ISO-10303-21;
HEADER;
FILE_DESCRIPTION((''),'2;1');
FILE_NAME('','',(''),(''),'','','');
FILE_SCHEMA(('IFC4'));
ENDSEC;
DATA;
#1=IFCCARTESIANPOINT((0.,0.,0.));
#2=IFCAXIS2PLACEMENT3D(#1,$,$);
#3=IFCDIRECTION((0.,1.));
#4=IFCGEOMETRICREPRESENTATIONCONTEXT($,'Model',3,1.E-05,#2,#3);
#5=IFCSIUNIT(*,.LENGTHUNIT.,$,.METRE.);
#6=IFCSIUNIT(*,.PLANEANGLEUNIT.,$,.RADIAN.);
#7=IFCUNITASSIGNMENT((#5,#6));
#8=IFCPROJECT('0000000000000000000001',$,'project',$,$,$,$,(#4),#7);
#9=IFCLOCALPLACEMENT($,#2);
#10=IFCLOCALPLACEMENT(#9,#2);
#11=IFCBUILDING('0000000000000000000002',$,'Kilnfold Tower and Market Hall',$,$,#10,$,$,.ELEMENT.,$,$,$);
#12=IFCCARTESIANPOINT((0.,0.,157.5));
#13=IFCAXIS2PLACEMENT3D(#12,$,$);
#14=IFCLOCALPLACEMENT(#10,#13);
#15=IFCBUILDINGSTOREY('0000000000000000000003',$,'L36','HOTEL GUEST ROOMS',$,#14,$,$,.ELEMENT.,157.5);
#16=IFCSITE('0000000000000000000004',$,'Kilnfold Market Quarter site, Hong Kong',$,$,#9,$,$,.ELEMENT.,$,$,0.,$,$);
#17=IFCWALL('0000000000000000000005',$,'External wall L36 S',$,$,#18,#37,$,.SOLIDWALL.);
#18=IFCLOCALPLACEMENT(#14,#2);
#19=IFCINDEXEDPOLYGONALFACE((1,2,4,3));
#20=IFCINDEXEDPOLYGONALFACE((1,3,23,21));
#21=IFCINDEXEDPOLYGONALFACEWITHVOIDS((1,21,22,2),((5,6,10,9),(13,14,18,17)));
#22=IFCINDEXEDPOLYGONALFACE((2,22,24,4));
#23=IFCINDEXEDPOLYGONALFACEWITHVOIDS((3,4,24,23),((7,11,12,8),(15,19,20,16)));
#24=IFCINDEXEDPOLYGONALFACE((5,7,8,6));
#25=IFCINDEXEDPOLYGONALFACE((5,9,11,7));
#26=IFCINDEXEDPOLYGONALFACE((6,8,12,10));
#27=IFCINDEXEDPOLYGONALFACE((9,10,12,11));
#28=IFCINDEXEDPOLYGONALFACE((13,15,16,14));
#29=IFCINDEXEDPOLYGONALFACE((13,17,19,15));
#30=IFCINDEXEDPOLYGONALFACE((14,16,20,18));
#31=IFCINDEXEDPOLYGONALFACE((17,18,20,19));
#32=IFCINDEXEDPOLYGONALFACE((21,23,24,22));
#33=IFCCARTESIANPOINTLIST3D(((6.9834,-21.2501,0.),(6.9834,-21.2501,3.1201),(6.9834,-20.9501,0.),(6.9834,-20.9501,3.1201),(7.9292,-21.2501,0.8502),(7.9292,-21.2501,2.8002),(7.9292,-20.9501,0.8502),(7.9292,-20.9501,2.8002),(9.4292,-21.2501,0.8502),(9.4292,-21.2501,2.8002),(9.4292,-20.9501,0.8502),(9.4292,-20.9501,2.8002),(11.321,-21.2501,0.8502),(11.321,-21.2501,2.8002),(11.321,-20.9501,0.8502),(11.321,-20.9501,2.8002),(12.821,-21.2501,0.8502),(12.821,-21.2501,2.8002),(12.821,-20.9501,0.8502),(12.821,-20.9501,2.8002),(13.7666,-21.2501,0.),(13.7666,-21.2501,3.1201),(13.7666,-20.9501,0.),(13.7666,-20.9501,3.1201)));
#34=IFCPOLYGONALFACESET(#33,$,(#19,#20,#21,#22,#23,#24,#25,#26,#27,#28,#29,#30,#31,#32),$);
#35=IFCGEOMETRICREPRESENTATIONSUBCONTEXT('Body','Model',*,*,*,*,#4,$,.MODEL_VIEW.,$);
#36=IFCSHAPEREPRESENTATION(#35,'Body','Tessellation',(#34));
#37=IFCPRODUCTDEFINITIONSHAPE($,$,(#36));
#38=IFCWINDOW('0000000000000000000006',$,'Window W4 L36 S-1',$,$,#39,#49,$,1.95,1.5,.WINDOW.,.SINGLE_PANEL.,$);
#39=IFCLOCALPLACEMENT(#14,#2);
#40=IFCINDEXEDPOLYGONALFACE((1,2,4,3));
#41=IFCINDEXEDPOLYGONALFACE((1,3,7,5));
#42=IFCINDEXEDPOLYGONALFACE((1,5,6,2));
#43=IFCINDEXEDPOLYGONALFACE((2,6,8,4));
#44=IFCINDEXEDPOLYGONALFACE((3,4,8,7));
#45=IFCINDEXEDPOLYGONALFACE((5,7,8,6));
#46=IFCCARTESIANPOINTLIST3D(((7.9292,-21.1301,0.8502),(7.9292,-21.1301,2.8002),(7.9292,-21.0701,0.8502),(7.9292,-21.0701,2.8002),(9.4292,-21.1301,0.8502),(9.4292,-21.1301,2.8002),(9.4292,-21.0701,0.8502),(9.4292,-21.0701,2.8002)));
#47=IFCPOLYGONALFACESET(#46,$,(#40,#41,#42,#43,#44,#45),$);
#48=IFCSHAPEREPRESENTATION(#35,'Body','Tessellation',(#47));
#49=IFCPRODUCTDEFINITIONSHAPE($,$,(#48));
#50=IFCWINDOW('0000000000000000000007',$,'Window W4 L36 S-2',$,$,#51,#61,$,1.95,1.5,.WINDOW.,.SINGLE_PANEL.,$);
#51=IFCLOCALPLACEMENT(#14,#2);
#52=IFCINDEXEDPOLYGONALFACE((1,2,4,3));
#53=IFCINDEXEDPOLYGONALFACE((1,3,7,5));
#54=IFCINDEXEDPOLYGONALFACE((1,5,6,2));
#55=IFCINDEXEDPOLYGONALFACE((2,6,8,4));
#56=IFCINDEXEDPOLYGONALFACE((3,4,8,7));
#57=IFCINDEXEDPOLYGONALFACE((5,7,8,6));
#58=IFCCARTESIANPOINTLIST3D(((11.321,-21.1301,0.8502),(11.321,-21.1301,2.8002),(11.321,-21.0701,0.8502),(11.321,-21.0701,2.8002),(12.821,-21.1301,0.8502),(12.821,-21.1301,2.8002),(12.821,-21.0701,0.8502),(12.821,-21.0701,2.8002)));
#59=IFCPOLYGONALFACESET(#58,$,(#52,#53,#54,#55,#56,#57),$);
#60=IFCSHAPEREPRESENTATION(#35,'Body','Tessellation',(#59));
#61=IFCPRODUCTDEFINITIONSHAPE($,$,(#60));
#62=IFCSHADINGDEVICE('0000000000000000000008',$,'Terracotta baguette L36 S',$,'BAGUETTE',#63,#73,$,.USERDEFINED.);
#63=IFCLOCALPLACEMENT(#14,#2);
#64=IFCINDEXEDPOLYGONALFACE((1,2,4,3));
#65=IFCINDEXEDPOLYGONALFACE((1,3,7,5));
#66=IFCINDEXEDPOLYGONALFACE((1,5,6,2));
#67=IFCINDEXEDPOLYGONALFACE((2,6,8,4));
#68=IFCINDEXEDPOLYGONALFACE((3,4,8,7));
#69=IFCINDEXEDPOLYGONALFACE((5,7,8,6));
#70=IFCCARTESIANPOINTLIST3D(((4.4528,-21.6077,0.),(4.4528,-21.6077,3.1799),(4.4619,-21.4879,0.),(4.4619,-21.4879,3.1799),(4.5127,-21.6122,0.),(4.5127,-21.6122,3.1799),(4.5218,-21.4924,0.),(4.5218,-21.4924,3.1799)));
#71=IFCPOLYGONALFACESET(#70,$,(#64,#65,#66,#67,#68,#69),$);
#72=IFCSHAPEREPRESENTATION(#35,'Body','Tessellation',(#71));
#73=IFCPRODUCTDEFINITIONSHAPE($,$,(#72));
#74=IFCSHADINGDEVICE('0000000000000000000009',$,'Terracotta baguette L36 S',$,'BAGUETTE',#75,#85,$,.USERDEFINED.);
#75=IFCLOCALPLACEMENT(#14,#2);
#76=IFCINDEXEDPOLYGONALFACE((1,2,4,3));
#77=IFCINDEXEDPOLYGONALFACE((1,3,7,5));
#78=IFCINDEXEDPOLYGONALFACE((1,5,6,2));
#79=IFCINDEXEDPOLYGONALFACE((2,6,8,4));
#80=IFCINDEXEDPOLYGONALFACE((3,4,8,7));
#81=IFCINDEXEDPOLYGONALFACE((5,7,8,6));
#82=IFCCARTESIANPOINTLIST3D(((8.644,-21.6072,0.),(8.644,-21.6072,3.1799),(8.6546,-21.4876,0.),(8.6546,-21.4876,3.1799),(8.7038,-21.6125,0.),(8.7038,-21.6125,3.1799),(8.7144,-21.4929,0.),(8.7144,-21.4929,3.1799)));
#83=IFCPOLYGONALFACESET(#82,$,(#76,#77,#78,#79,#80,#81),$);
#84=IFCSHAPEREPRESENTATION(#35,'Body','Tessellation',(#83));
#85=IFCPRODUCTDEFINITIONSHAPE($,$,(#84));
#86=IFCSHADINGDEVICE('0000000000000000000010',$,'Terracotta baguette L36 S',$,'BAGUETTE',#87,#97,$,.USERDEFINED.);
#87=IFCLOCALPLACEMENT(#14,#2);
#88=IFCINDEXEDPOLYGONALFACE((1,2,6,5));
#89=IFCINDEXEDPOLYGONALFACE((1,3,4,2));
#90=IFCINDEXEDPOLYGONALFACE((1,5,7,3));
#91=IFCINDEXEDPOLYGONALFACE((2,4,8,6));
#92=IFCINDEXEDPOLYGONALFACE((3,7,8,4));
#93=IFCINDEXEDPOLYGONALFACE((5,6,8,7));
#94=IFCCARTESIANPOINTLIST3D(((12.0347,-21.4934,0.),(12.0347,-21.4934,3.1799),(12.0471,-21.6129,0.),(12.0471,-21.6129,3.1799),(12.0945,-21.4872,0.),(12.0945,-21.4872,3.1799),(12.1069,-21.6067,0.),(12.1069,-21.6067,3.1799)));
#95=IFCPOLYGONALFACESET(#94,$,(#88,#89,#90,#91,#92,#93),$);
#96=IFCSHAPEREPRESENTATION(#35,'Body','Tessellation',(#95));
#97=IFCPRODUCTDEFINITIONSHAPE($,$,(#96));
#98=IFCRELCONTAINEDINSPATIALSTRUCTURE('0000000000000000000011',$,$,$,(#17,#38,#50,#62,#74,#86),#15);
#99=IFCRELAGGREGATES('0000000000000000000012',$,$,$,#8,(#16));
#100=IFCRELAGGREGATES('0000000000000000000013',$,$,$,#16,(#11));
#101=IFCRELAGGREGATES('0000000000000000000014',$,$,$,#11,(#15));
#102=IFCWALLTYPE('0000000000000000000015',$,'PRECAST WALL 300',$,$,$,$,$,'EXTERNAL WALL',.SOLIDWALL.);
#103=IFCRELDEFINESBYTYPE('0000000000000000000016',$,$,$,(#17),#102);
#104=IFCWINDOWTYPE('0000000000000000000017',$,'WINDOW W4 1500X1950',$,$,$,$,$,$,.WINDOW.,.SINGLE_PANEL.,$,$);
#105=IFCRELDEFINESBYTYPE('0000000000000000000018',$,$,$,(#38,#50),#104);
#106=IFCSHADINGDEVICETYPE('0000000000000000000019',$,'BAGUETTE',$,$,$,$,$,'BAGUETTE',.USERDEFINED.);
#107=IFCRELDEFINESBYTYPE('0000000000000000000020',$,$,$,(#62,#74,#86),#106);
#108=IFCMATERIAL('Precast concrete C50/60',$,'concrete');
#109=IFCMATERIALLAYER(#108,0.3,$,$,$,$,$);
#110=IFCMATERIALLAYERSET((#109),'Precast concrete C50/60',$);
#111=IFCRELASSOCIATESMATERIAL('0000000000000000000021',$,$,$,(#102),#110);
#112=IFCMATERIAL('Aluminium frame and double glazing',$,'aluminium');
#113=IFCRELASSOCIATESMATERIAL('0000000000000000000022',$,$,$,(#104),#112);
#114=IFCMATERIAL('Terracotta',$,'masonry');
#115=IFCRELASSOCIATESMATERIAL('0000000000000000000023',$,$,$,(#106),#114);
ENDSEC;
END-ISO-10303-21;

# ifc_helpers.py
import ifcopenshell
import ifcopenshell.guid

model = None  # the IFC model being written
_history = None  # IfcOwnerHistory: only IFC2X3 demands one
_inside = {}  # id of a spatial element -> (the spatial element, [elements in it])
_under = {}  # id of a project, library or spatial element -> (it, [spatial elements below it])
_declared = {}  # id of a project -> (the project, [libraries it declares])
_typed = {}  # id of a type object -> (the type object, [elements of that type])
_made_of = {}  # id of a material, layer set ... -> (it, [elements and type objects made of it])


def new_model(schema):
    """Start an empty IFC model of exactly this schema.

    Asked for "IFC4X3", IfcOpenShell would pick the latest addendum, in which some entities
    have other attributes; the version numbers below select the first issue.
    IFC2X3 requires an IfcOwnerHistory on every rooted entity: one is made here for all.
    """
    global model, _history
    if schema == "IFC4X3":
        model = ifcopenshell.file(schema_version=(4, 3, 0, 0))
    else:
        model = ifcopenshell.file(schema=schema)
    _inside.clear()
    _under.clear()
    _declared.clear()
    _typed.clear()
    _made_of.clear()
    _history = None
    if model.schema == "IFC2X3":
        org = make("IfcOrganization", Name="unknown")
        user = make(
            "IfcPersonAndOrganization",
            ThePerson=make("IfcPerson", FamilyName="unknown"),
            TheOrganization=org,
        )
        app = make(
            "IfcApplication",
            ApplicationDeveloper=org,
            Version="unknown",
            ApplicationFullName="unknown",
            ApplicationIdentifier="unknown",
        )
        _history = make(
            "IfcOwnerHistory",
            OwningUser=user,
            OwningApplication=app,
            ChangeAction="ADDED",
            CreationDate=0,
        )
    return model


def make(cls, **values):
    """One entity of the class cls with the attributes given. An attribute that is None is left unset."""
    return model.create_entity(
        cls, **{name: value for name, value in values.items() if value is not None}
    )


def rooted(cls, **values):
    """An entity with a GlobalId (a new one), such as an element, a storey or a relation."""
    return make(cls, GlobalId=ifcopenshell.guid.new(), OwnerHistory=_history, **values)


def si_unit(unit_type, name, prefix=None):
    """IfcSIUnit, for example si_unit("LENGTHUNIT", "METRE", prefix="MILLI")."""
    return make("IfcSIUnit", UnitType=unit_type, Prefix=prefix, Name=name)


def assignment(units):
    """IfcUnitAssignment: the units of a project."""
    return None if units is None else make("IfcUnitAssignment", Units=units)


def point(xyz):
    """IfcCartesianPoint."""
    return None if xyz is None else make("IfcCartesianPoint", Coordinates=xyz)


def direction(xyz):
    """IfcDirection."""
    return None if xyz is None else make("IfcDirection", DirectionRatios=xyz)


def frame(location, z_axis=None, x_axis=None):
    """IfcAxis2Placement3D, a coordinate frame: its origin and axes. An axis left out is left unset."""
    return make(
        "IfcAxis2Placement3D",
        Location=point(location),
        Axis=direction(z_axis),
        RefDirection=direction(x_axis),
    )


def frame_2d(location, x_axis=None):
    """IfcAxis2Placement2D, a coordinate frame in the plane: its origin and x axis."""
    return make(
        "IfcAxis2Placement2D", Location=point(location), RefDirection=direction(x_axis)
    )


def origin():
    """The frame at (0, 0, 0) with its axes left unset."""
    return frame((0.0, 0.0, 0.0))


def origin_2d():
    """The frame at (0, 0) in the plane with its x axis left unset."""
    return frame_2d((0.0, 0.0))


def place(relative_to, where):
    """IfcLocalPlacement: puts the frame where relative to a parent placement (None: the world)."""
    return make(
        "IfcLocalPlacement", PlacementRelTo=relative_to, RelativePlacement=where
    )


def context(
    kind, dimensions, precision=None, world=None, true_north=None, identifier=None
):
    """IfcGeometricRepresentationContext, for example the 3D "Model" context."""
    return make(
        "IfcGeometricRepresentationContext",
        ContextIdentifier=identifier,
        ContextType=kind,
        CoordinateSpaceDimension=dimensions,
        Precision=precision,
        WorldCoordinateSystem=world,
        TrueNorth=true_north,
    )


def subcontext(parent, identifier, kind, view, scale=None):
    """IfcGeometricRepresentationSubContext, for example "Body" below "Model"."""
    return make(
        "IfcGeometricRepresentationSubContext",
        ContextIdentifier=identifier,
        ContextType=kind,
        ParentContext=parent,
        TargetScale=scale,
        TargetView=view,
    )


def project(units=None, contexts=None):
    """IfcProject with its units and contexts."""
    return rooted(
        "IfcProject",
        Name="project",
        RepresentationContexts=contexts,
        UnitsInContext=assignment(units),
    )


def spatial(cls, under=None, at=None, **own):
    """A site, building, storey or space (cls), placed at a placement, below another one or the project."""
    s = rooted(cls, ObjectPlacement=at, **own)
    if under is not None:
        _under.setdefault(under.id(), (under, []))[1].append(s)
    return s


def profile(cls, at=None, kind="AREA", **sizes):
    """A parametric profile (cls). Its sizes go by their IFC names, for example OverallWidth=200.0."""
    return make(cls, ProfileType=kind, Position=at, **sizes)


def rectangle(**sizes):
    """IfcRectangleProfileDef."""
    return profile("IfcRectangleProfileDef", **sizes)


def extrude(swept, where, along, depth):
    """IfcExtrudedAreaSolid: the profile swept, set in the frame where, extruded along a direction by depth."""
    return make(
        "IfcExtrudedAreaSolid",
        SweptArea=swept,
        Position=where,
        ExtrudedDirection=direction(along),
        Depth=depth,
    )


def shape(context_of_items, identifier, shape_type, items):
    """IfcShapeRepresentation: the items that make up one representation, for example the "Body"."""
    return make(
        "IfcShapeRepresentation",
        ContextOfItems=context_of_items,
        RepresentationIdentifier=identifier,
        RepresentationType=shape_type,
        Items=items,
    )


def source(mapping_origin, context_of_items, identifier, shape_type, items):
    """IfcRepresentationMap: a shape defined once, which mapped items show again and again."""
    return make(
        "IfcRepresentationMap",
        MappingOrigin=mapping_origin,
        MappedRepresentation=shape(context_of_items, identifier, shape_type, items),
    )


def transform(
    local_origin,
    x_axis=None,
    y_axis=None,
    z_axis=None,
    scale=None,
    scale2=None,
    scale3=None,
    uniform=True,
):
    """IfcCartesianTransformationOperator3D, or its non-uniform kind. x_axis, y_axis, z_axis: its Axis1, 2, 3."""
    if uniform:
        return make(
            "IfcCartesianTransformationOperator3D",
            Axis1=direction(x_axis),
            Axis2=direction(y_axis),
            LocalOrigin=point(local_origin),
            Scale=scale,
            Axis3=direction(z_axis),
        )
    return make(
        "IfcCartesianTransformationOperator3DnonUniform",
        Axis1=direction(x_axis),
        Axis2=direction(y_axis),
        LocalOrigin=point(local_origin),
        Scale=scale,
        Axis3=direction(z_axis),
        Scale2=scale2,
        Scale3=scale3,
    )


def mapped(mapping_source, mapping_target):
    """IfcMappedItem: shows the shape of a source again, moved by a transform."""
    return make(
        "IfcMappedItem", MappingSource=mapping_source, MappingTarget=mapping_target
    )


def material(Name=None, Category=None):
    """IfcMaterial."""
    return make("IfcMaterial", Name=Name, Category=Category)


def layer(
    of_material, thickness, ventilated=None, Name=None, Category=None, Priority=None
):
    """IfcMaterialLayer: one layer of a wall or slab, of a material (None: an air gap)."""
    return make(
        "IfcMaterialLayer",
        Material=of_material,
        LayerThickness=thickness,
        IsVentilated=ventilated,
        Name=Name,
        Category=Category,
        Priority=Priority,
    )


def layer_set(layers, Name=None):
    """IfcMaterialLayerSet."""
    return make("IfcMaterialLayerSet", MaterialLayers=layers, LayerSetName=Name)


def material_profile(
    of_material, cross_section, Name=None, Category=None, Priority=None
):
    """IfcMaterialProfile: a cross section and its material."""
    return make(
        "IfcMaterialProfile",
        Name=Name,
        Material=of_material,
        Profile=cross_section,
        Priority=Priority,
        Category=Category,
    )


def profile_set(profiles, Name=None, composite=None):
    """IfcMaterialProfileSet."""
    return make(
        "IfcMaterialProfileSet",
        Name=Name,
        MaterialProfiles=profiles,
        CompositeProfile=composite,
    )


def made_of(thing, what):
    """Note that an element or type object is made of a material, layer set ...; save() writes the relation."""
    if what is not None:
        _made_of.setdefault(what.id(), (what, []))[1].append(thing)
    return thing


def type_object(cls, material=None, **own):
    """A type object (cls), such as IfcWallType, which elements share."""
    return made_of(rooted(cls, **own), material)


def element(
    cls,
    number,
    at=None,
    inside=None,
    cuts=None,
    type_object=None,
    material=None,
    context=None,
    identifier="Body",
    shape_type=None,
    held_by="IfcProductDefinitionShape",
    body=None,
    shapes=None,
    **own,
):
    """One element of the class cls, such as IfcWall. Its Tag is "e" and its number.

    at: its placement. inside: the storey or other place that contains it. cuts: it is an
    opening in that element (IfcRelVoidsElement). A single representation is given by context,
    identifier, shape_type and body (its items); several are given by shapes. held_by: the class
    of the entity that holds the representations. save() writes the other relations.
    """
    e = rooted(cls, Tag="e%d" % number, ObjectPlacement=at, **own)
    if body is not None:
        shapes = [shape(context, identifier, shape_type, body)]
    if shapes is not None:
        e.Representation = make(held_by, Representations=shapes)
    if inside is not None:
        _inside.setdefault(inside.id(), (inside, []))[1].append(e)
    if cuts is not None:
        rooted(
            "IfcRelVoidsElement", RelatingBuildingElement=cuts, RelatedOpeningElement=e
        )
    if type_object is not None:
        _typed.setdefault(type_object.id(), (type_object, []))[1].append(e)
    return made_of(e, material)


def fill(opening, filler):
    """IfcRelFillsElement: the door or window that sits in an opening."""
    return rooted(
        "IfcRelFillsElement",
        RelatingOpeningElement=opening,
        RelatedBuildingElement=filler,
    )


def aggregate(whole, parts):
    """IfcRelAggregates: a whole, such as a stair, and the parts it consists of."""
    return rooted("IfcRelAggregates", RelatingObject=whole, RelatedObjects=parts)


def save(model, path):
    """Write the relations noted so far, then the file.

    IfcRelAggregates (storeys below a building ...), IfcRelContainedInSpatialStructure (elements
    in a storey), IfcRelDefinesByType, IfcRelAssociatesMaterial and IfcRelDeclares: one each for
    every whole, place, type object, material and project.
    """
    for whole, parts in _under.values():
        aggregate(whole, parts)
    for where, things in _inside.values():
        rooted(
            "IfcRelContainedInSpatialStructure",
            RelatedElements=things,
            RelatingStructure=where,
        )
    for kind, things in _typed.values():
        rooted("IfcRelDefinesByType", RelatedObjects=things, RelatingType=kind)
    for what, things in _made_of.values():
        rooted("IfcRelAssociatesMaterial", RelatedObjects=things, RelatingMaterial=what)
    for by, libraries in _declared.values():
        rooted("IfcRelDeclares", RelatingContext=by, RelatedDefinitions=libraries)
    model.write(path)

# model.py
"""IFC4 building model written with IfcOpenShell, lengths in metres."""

from ifc_helpers import new_model, si_unit, direction, frame, frame_2d, origin, origin_2d, place, context, subcontext, project, spatial, rectangle, extrude, source, transform, mapped, material, layer, layer_set, material_profile, profile_set, type_object, element, fill, save


model = new_model("IFC4")

# Units and contexts
model_context = context("Model", 3, precision=1e-05, world=origin(), true_north=direction((0.0, 1.0)))
body_context = subcontext(model_context, "Body", "Model", "MODEL_VIEW")
ifc_project = project(units=[si_unit("LENGTHUNIT", "METRE"), si_unit("PLANEANGLEUNIT", "RADIAN")], contexts=[model_context])

# Site, building, storey
site_placement = place(None, origin())
site = spatial("IfcSite", under=ifc_project, at=site_placement, Name="Kilnfold Market Quarter site, Hong Kong", CompositionType="ELEMENT", RefElevation=0.0)
building_placement = place(site_placement, origin())
building = spatial("IfcBuilding", under=site, at=building_placement, Name="Kilnfold Tower and Market Hall", CompositionType="ELEMENT")
storey_placement = place(building_placement, frame((0.0, 0.0, 157.5)))
storey = spatial("IfcBuildingStorey", under=building, at=storey_placement, Name="L36", Description="HOTEL GUEST ROOMS", CompositionType="ELEMENT", Elevation=157.5)

# Wall, openings, windows
ifc_material_1 = material(Name="Precast concrete C50/60", Category="concrete")
ifc_layer_1 = layer(ifc_material_1, 0.3)
ifc_layer_set_1 = layer_set([ifc_layer_1], Name="Precast concrete C50/60")
wall_type_1 = type_object("IfcWallType", Name="PRECAST WALL 300", ElementType="EXTERNAL WALL", PredefinedType="SOLIDWALL", material=ifc_layer_set_1)
ifc_material_2 = material(Name="Aluminium frame and double glazing", Category="aluminium")
window_type = type_object("IfcWindowType", Name="WINDOW W4 1500X1950", PartitioningType="SINGLE_PANEL", PredefinedType="WINDOW", material=ifc_material_2)
shared_shape_1 = source(origin(), body_context, "Body", "SweptSolid", [
    extrude(rectangle(XDim=6.7832, YDim=0.3, at=frame_2d((3.3916, 0.0))), origin(), (0.0, 0.0, 1.0), 3.1201),
])
wall_1_placement = place(storey_placement, frame((6.9834, -21.1001, 0.0), z_axis=(0.0, 0.0, 1.0), x_axis=(1.0, 0.0, 0.0)))
wall_1 = element("IfcWall", 1, at=wall_1_placement, inside=storey, type_object=wall_type_1, Name="External wall L36 S", PredefinedType="SOLIDWALL", context=body_context, shape_type="MappedRepresentation", body=[
    mapped(shared_shape_1, transform((0.0, 0.0, 0.0))),
])
opening_1_placement = place(wall_1_placement, frame((0.9458, 0.0, 0.8501)))
opening_1 = element("IfcOpeningElement", 2, at=opening_1_placement, cuts=wall_1, PredefinedType="OPENING", context=body_context, shape_type="SweptSolid", body=[
    extrude(rectangle(XDim=1.5, YDim=1.95, at=frame_2d((0.75, 0.9751))), frame((0.0, 0.1602, 0.0), z_axis=(0.0, -1.0, 0.0), x_axis=(1.0, 0.0, 0.0)), (0.0, 0.0, 1.0), 0.3201),
])
opening_2_placement = place(wall_1_placement, frame((4.3376, 0.0, 0.8501)))
opening_2 = element("IfcOpeningElement", 3, at=opening_2_placement, cuts=wall_1, PredefinedType="OPENING", context=body_context, shape_type="SweptSolid", body=[
    extrude(rectangle(XDim=1.5, YDim=1.95, at=frame_2d((0.75, 0.9751))), frame((0.0, 0.1602, 0.0), z_axis=(0.0, -1.0, 0.0), x_axis=(1.0, 0.0, 0.0)), (0.0, 0.0, 1.0), 0.3201),
])
window_1_placement = place(opening_1_placement, origin())
window_1 = element("IfcWindow", 4, at=window_1_placement, inside=storey, type_object=window_type, Name="Window W4 L36 S-1", OverallHeight=1.95, OverallWidth=1.5, PartitioningType="SINGLE_PANEL", PredefinedType="WINDOW", context=body_context, shape_type="SweptSolid", body=[
    extrude(rectangle(XDim=1.5, YDim=1.95, at=frame_2d((0.75, 0.9751))), frame((0.0, 0.03, 0.0), z_axis=(0.0, -1.0, 0.0), x_axis=(1.0, 0.0, 0.0)), (0.0, 0.0, 1.0), 0.0601),
])
fill(opening_1, window_1)
window_2_placement = place(opening_2_placement, origin())
window_2 = element("IfcWindow", 5, at=window_2_placement, inside=storey, type_object=window_type, Name="Window W4 L36 S-2", OverallHeight=1.95, OverallWidth=1.5, PartitioningType="SINGLE_PANEL", PredefinedType="WINDOW", context=body_context, shape_type="SweptSolid", body=[
    extrude(rectangle(XDim=1.5, YDim=1.95, at=frame_2d((0.75, 0.9751))), frame((0.0, 0.03, 0.0), z_axis=(0.0, -1.0, 0.0), x_axis=(1.0, 0.0, 0.0)), (0.0, 0.0, 1.0), 0.0601),
])
fill(opening_2, window_2)

# Shading devices
ifc_material_3 = material(Name="Terracotta", Category="masonry")
ifc_material_profile_1 = material_profile(ifc_material_3, rectangle(XDim=0.0601, YDim=0.1201, at=origin_2d()), Name="BAG 60x120")
ifc_profile_set_1 = profile_set([ifc_material_profile_1], Name="Terracotta")
shading_device_type = type_object("IfcShadingDeviceType", Name="BAGUETTE", ElementType="BAGUETTE", PredefinedType="USERDEFINED", material=ifc_profile_set_1)
shared_shape_2 = source(origin(), body_context, "Body", "SweptSolid", [
    extrude(rectangle(XDim=0.0601, YDim=0.1201, at=origin_2d()), origin(), (0.0, 0.0, 1.0), 3.1799),
])
for number, where, z_axis, x_axis, name in (
    (6, (4.4873, -21.55, 0.0), (0.0, 0.0, 1.0), (0.997149, -0.075454, 0.0), "Terracotta baguette L36 S"),
    (7, (8.6792, -21.55, 0.0), (0.0, 0.0, 1.0), (0.996064, -0.088635, 0.0), "Terracotta baguette L36 S"),
    (8, (12.0708, -21.55, 0.0), (0.0, 0.0, 1.0), (0.994664, 0.103166, 0.0), "Terracotta baguette L36 S"),
):
    element("IfcShadingDevice", number, at=place(storey_placement, frame(where, z_axis=z_axis, x_axis=x_axis)), inside=storey, type_object=shading_device_type, Name=name, ObjectType="BAGUETTE", PredefinedType="USERDEFINED", context=body_context, shape_type="MappedRepresentation", body=[
        mapped(shared_shape_2, transform((0.0, 0.0, 0.0))),
    ])

save(model, "model.ifc")
